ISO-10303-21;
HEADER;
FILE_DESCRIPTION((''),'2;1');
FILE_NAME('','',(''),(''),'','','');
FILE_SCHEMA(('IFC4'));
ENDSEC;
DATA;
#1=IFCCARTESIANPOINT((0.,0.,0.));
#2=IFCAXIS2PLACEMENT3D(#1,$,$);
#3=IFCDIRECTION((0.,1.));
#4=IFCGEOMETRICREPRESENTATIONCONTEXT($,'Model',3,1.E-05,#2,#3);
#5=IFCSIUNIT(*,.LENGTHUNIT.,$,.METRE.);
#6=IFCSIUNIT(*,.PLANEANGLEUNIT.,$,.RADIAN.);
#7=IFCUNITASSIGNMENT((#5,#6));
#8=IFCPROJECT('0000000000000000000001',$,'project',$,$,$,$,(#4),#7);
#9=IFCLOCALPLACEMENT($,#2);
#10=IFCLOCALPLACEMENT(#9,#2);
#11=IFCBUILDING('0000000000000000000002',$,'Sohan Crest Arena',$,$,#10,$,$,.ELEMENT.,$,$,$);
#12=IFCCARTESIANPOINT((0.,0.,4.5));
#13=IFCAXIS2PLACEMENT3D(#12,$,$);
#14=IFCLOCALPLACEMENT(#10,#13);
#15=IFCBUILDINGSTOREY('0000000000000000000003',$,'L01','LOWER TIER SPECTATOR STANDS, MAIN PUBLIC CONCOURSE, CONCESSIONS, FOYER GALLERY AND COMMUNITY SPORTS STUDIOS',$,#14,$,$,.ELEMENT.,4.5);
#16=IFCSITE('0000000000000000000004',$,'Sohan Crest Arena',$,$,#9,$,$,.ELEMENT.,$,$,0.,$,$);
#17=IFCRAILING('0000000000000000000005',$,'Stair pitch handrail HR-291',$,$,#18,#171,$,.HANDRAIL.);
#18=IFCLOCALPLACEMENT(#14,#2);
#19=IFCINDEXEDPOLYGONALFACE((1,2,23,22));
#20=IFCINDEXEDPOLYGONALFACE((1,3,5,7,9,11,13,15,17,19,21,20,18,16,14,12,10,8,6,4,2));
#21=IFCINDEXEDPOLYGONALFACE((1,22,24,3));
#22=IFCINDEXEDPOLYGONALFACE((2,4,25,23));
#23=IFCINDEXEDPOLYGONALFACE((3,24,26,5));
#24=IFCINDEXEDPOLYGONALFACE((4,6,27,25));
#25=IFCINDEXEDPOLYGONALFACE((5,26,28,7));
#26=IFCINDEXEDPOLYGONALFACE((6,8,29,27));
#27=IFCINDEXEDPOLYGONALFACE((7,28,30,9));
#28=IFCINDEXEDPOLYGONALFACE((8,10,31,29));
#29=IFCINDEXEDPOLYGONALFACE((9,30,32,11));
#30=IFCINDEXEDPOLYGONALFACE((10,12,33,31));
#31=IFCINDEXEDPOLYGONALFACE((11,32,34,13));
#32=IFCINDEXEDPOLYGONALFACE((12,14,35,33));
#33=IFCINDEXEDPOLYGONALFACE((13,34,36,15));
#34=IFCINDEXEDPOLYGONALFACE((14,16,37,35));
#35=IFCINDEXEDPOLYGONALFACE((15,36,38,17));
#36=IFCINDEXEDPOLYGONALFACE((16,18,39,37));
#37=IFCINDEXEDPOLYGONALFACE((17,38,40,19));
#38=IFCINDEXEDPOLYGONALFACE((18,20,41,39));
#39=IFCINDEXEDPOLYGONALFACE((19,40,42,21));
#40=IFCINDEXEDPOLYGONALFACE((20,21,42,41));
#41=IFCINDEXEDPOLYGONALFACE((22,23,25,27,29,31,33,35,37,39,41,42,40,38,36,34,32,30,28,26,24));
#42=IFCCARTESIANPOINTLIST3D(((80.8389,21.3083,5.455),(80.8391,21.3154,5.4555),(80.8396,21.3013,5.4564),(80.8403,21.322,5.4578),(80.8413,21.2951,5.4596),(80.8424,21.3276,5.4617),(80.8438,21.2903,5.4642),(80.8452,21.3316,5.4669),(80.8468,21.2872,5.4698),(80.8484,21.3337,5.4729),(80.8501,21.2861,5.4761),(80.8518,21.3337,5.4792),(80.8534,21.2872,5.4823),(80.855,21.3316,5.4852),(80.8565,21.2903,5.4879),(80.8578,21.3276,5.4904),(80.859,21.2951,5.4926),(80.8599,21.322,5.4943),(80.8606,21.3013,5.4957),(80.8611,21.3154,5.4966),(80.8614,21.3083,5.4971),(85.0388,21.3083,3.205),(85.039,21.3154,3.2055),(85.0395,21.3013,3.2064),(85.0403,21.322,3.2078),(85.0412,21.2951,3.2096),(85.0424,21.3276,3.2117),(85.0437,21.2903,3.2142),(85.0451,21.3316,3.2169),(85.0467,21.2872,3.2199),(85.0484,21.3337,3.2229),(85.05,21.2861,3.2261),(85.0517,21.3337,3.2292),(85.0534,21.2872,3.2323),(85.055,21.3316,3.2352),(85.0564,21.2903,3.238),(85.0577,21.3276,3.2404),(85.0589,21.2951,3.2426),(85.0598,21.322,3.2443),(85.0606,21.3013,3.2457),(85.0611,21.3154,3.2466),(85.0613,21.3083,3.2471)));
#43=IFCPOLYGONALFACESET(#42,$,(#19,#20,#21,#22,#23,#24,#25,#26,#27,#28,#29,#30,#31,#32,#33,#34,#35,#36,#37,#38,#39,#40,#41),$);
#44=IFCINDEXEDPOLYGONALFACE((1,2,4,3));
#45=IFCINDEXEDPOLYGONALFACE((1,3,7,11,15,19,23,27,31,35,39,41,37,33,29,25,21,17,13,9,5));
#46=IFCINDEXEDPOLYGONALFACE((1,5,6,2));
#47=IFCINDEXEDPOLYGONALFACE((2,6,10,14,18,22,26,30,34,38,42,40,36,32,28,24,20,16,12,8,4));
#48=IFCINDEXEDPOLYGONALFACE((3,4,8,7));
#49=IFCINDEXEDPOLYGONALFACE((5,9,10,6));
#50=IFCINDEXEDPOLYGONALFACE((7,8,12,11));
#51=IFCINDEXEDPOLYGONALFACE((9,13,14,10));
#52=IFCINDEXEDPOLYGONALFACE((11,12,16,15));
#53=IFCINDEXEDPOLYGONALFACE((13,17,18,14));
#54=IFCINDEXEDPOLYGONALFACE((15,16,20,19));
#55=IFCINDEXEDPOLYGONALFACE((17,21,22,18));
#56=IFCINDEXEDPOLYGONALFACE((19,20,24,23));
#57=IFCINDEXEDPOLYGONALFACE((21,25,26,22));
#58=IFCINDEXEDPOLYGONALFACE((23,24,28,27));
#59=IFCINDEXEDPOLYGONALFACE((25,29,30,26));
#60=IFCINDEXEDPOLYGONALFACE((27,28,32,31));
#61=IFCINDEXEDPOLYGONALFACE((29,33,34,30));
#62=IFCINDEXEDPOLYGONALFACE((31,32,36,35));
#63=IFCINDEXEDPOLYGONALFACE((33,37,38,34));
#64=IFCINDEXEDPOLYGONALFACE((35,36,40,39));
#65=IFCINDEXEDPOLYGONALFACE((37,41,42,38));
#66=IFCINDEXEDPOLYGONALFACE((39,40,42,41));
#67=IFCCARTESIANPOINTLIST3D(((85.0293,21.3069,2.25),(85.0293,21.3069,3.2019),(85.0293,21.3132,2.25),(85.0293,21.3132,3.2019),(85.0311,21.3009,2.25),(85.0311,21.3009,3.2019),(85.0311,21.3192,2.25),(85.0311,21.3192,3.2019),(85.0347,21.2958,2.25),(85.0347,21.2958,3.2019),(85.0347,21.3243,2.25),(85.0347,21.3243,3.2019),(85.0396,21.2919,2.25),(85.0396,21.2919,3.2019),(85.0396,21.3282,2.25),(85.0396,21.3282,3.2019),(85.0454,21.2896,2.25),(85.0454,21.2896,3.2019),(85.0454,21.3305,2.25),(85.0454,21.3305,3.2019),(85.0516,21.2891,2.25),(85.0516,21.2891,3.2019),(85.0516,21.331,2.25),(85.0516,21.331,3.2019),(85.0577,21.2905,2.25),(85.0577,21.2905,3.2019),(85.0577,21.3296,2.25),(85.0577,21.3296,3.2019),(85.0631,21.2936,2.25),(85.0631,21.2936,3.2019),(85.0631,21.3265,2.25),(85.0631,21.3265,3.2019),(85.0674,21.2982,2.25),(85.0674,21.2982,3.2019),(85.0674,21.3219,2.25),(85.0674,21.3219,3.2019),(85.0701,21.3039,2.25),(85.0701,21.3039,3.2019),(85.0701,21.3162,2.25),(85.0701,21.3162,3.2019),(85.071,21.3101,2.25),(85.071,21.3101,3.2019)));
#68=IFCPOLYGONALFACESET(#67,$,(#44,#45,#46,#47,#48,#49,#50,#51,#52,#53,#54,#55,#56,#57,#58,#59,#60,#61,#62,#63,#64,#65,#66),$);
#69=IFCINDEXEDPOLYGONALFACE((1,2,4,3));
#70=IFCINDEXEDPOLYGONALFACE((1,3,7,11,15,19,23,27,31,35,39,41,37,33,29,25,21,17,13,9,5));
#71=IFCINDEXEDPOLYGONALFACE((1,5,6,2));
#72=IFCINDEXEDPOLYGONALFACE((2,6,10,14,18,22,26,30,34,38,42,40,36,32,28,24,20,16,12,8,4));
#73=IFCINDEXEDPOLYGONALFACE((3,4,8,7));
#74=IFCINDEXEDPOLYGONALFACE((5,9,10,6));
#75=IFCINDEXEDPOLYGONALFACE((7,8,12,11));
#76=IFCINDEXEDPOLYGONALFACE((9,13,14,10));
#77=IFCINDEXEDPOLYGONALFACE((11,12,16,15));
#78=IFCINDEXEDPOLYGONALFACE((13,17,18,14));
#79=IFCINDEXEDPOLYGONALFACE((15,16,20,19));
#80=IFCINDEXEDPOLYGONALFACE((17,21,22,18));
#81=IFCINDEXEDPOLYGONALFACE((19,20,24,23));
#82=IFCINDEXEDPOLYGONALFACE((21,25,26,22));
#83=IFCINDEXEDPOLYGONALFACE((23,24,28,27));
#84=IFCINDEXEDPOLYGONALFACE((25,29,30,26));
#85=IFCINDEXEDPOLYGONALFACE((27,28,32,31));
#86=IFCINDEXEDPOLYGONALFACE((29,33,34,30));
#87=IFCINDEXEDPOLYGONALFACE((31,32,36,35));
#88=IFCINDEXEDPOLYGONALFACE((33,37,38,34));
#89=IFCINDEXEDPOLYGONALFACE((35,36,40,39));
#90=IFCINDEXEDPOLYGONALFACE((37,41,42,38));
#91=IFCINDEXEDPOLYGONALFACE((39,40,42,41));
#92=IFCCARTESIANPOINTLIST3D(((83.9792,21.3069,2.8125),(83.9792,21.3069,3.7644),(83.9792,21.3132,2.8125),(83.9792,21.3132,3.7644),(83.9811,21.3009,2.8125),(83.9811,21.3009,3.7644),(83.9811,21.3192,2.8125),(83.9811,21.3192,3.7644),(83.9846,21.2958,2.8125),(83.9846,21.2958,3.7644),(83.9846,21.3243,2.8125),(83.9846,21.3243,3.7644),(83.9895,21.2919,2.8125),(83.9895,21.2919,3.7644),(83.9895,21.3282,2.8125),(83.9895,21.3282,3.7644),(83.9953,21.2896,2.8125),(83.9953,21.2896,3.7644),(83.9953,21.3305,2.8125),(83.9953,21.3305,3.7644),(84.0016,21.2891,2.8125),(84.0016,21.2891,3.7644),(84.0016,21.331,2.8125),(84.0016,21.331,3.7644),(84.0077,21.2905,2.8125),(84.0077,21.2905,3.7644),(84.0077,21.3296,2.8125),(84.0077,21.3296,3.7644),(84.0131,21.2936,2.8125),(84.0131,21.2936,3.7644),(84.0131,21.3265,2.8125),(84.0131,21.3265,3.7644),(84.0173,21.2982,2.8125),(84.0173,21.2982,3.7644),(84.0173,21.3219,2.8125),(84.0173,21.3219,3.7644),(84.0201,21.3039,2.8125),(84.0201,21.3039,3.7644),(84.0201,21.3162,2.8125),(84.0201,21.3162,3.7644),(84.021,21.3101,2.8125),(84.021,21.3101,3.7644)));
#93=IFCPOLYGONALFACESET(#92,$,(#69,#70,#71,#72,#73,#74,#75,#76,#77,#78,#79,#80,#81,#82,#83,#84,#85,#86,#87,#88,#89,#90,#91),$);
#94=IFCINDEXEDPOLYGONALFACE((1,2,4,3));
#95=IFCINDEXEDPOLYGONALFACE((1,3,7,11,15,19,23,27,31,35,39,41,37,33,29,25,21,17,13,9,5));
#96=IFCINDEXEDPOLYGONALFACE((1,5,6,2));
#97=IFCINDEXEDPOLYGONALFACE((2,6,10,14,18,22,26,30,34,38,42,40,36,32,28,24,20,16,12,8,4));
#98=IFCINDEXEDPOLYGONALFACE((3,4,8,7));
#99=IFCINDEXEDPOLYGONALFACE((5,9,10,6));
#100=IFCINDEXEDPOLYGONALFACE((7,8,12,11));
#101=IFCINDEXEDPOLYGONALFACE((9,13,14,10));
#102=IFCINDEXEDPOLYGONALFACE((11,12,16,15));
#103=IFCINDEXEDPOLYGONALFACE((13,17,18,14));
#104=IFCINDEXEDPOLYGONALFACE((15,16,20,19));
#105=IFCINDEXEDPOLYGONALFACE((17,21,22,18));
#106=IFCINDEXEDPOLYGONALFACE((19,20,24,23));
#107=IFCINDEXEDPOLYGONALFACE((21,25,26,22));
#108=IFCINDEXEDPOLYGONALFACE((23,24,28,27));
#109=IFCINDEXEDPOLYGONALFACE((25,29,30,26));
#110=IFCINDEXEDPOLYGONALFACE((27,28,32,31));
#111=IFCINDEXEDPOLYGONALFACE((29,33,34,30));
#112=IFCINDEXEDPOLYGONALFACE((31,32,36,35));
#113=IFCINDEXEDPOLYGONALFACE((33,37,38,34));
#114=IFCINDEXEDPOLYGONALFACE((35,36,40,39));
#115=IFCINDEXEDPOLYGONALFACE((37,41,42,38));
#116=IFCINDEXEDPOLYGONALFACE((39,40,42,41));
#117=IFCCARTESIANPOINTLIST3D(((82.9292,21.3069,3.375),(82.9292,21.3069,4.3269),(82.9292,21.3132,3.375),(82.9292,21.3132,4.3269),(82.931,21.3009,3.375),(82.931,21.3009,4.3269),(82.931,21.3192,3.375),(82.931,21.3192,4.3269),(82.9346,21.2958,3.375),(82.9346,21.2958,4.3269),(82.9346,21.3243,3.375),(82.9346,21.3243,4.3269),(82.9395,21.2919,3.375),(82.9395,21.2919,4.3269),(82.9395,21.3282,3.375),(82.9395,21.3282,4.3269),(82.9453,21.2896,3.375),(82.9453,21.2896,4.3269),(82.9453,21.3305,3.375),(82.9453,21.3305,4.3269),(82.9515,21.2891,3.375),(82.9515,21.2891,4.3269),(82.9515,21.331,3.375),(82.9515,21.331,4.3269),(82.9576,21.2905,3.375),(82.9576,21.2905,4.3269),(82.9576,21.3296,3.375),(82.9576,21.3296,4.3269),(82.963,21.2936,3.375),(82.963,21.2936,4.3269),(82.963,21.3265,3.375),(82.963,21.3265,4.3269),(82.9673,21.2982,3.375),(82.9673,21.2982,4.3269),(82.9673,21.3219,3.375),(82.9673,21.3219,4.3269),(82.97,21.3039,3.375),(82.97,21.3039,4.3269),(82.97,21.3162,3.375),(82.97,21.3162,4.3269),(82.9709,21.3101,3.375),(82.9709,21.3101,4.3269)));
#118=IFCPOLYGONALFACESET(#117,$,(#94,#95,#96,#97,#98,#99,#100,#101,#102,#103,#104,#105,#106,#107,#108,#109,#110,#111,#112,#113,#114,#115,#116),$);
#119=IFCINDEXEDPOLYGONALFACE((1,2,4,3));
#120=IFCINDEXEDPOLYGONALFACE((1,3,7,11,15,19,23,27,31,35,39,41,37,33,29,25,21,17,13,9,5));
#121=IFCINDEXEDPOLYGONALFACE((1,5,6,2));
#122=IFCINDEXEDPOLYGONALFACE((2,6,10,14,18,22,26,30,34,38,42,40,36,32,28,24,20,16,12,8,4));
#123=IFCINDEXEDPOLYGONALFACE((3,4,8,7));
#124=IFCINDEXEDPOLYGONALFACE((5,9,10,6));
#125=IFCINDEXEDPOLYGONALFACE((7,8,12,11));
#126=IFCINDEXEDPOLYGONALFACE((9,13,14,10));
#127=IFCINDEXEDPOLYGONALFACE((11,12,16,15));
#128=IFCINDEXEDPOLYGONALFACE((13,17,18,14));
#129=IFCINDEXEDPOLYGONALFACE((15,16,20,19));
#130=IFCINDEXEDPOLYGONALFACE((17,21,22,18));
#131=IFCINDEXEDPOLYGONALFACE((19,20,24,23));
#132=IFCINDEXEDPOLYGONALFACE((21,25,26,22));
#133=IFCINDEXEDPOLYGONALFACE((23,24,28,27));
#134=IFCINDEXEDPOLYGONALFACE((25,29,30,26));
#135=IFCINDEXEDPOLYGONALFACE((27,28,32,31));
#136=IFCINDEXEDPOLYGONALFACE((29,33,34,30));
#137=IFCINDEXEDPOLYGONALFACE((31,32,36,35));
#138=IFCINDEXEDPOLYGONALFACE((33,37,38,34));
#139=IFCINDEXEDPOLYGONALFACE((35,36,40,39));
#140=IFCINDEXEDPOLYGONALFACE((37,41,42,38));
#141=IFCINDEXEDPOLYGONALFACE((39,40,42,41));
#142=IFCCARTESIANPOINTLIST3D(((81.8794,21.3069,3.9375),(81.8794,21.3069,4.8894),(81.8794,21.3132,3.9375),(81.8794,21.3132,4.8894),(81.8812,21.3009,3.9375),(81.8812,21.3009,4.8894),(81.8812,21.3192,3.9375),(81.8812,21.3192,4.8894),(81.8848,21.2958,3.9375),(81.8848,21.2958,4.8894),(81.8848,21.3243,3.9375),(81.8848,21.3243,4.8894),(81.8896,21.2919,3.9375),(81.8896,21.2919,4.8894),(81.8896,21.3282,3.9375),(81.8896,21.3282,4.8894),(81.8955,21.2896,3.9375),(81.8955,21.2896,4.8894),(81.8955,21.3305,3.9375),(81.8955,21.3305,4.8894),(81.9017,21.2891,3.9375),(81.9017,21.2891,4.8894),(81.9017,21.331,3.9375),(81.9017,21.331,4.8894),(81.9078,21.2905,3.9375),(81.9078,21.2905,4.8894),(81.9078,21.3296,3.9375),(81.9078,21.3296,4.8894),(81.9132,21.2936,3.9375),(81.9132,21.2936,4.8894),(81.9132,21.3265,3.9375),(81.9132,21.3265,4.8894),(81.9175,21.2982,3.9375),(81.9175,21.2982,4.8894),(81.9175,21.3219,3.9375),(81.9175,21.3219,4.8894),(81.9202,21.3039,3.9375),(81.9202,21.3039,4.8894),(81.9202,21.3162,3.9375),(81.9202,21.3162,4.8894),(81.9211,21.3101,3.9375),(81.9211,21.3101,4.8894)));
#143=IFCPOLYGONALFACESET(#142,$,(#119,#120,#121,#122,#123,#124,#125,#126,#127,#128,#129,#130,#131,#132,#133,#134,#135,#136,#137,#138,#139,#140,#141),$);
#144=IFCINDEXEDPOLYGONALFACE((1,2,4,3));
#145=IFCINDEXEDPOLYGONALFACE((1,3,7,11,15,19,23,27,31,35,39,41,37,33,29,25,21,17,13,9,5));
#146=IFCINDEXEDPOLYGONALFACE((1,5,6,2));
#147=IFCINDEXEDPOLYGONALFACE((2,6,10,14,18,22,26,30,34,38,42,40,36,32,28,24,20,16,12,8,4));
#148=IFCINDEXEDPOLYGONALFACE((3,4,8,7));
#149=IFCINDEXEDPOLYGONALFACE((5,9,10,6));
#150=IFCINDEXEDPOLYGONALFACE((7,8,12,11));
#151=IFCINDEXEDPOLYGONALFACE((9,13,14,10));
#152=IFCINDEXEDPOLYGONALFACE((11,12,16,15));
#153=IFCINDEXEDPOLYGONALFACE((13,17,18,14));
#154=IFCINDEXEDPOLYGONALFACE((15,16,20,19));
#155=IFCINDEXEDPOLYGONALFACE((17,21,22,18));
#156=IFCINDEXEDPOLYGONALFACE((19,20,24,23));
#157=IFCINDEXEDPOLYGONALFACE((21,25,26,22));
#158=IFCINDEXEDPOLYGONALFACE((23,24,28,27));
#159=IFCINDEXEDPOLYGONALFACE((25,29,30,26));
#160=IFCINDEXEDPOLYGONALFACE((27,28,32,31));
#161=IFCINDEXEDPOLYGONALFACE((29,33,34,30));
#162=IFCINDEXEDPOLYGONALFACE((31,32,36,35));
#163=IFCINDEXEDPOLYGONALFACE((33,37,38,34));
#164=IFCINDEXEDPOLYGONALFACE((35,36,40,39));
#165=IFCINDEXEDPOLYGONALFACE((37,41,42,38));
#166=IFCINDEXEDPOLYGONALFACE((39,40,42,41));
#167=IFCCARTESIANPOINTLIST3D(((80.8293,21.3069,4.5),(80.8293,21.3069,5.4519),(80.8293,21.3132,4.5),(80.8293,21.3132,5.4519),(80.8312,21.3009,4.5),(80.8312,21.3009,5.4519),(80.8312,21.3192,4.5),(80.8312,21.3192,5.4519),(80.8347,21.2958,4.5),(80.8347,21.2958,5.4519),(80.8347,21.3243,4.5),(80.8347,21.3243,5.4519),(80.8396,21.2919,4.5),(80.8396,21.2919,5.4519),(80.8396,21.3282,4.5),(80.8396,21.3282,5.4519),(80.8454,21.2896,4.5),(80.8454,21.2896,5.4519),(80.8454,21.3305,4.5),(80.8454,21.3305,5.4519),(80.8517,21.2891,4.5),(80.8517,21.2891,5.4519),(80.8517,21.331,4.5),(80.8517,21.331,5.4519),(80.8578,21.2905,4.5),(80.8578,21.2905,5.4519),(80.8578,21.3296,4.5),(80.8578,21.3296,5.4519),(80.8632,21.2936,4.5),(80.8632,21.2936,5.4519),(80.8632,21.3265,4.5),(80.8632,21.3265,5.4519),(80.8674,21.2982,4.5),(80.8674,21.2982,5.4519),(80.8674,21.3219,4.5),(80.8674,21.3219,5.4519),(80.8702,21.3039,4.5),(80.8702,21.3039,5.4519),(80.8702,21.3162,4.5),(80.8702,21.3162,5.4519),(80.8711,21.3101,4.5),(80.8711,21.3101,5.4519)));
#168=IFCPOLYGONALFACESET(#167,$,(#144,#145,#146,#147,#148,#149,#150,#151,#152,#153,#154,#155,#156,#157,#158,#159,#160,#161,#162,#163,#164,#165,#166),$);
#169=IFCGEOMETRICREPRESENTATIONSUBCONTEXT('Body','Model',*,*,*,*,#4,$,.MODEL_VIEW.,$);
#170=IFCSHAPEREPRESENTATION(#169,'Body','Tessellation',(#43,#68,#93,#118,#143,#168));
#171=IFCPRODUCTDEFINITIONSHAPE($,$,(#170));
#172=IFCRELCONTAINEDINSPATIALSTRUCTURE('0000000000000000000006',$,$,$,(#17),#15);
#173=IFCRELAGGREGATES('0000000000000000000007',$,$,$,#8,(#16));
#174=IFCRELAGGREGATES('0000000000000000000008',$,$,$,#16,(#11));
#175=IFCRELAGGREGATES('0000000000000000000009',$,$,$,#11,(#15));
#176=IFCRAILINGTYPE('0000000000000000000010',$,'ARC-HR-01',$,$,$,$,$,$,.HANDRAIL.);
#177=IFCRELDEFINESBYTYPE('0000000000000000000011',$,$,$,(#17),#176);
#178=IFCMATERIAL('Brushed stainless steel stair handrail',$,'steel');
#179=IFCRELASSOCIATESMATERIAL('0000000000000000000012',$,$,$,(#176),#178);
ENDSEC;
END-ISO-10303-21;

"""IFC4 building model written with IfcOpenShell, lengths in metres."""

from ifc_helpers import new_model, si_unit, direction, frame, origin, origin_2d, place, context, subcontext, project, spatial, circle, extrude, material, type_object, element, save


model = new_model("IFC4")

# Units and contexts
model_context = context("Model", 3, precision=1e-05, world=origin(), true_north=direction((0.0, 1.0)))
body_context = subcontext(model_context, "Body", "Model", "MODEL_VIEW")
ifc_project = project(units=[si_unit("LENGTHUNIT", "METRE"), si_unit("PLANEANGLEUNIT", "RADIAN")], contexts=[model_context])

# Site, building, storey
site_placement = place(None, origin())
site = spatial("IfcSite", under=ifc_project, at=site_placement, Name="Sohan Crest Arena", CompositionType="ELEMENT", RefElevation=0.0)
building_placement = place(site_placement, origin())
building = spatial("IfcBuilding", under=site, at=building_placement, Name="Sohan Crest Arena", CompositionType="ELEMENT")
storey_placement = place(building_placement, frame((0.0, 0.0, 4.5)))
storey = spatial("IfcBuildingStorey", under=building, at=storey_placement, Name="L01", Description="LOWER TIER SPECTATOR STANDS, MAIN PUBLIC CONCOURSE, CONCESSIONS, FOYER GALLERY AND COMMUNITY SPORTS STUDIOS", CompositionType="ELEMENT", Elevation=4.5)

# Railing
ifc_material_1 = material(Name="Brushed stainless steel stair handrail", Category="steel")
railing_type_1 = type_object("IfcRailingType", Name="ARC-HR-01", PredefinedType="HANDRAIL", material=ifc_material_1)
railing_1_placement = place(storey_placement, frame((85.05, 21.3101, 2.25)))
element("IfcRailing", 1, at=railing_1_placement, inside=storey, type_object=railing_type_1, Name="Stair pitch handrail HR-291", PredefinedType="HANDRAIL", context=body_context, shape_type="SweptSolid", body=[
    extrude(circle(Radius=0.0239, at=origin_2d()), frame((0.0, 0.0, 0.9761), z_axis=(-0.881478, 0.0, 0.472226), x_axis=(0.0, -1.0, 0.0)), (0.0, 0.0, 1.0), 4.7646),
    extrude(circle(Radius=0.021, at=origin_2d()), origin(), (0.0, 0.0, 1.0), 0.9519),
    extrude(circle(Radius=0.021, at=origin_2d()), frame((-1.05, 0.0, 0.5625)), (0.0, 0.0, 1.0), 0.9519),
    extrude(circle(Radius=0.021, at=origin_2d()), frame((-2.1001, 0.0, 1.125)), (0.0, 0.0, 1.0), 0.9519),
    extrude(circle(Radius=0.021, at=origin_2d()), frame((-3.1499, 0.0, 1.6875)), (0.0, 0.0, 1.0), 0.9519),
    extrude(circle(Radius=0.021, at=origin_2d()), frame((-4.2, 0.0, 2.25)), (0.0, 0.0, 1.0), 0.9519),
])

save(model, "model.ifc")
